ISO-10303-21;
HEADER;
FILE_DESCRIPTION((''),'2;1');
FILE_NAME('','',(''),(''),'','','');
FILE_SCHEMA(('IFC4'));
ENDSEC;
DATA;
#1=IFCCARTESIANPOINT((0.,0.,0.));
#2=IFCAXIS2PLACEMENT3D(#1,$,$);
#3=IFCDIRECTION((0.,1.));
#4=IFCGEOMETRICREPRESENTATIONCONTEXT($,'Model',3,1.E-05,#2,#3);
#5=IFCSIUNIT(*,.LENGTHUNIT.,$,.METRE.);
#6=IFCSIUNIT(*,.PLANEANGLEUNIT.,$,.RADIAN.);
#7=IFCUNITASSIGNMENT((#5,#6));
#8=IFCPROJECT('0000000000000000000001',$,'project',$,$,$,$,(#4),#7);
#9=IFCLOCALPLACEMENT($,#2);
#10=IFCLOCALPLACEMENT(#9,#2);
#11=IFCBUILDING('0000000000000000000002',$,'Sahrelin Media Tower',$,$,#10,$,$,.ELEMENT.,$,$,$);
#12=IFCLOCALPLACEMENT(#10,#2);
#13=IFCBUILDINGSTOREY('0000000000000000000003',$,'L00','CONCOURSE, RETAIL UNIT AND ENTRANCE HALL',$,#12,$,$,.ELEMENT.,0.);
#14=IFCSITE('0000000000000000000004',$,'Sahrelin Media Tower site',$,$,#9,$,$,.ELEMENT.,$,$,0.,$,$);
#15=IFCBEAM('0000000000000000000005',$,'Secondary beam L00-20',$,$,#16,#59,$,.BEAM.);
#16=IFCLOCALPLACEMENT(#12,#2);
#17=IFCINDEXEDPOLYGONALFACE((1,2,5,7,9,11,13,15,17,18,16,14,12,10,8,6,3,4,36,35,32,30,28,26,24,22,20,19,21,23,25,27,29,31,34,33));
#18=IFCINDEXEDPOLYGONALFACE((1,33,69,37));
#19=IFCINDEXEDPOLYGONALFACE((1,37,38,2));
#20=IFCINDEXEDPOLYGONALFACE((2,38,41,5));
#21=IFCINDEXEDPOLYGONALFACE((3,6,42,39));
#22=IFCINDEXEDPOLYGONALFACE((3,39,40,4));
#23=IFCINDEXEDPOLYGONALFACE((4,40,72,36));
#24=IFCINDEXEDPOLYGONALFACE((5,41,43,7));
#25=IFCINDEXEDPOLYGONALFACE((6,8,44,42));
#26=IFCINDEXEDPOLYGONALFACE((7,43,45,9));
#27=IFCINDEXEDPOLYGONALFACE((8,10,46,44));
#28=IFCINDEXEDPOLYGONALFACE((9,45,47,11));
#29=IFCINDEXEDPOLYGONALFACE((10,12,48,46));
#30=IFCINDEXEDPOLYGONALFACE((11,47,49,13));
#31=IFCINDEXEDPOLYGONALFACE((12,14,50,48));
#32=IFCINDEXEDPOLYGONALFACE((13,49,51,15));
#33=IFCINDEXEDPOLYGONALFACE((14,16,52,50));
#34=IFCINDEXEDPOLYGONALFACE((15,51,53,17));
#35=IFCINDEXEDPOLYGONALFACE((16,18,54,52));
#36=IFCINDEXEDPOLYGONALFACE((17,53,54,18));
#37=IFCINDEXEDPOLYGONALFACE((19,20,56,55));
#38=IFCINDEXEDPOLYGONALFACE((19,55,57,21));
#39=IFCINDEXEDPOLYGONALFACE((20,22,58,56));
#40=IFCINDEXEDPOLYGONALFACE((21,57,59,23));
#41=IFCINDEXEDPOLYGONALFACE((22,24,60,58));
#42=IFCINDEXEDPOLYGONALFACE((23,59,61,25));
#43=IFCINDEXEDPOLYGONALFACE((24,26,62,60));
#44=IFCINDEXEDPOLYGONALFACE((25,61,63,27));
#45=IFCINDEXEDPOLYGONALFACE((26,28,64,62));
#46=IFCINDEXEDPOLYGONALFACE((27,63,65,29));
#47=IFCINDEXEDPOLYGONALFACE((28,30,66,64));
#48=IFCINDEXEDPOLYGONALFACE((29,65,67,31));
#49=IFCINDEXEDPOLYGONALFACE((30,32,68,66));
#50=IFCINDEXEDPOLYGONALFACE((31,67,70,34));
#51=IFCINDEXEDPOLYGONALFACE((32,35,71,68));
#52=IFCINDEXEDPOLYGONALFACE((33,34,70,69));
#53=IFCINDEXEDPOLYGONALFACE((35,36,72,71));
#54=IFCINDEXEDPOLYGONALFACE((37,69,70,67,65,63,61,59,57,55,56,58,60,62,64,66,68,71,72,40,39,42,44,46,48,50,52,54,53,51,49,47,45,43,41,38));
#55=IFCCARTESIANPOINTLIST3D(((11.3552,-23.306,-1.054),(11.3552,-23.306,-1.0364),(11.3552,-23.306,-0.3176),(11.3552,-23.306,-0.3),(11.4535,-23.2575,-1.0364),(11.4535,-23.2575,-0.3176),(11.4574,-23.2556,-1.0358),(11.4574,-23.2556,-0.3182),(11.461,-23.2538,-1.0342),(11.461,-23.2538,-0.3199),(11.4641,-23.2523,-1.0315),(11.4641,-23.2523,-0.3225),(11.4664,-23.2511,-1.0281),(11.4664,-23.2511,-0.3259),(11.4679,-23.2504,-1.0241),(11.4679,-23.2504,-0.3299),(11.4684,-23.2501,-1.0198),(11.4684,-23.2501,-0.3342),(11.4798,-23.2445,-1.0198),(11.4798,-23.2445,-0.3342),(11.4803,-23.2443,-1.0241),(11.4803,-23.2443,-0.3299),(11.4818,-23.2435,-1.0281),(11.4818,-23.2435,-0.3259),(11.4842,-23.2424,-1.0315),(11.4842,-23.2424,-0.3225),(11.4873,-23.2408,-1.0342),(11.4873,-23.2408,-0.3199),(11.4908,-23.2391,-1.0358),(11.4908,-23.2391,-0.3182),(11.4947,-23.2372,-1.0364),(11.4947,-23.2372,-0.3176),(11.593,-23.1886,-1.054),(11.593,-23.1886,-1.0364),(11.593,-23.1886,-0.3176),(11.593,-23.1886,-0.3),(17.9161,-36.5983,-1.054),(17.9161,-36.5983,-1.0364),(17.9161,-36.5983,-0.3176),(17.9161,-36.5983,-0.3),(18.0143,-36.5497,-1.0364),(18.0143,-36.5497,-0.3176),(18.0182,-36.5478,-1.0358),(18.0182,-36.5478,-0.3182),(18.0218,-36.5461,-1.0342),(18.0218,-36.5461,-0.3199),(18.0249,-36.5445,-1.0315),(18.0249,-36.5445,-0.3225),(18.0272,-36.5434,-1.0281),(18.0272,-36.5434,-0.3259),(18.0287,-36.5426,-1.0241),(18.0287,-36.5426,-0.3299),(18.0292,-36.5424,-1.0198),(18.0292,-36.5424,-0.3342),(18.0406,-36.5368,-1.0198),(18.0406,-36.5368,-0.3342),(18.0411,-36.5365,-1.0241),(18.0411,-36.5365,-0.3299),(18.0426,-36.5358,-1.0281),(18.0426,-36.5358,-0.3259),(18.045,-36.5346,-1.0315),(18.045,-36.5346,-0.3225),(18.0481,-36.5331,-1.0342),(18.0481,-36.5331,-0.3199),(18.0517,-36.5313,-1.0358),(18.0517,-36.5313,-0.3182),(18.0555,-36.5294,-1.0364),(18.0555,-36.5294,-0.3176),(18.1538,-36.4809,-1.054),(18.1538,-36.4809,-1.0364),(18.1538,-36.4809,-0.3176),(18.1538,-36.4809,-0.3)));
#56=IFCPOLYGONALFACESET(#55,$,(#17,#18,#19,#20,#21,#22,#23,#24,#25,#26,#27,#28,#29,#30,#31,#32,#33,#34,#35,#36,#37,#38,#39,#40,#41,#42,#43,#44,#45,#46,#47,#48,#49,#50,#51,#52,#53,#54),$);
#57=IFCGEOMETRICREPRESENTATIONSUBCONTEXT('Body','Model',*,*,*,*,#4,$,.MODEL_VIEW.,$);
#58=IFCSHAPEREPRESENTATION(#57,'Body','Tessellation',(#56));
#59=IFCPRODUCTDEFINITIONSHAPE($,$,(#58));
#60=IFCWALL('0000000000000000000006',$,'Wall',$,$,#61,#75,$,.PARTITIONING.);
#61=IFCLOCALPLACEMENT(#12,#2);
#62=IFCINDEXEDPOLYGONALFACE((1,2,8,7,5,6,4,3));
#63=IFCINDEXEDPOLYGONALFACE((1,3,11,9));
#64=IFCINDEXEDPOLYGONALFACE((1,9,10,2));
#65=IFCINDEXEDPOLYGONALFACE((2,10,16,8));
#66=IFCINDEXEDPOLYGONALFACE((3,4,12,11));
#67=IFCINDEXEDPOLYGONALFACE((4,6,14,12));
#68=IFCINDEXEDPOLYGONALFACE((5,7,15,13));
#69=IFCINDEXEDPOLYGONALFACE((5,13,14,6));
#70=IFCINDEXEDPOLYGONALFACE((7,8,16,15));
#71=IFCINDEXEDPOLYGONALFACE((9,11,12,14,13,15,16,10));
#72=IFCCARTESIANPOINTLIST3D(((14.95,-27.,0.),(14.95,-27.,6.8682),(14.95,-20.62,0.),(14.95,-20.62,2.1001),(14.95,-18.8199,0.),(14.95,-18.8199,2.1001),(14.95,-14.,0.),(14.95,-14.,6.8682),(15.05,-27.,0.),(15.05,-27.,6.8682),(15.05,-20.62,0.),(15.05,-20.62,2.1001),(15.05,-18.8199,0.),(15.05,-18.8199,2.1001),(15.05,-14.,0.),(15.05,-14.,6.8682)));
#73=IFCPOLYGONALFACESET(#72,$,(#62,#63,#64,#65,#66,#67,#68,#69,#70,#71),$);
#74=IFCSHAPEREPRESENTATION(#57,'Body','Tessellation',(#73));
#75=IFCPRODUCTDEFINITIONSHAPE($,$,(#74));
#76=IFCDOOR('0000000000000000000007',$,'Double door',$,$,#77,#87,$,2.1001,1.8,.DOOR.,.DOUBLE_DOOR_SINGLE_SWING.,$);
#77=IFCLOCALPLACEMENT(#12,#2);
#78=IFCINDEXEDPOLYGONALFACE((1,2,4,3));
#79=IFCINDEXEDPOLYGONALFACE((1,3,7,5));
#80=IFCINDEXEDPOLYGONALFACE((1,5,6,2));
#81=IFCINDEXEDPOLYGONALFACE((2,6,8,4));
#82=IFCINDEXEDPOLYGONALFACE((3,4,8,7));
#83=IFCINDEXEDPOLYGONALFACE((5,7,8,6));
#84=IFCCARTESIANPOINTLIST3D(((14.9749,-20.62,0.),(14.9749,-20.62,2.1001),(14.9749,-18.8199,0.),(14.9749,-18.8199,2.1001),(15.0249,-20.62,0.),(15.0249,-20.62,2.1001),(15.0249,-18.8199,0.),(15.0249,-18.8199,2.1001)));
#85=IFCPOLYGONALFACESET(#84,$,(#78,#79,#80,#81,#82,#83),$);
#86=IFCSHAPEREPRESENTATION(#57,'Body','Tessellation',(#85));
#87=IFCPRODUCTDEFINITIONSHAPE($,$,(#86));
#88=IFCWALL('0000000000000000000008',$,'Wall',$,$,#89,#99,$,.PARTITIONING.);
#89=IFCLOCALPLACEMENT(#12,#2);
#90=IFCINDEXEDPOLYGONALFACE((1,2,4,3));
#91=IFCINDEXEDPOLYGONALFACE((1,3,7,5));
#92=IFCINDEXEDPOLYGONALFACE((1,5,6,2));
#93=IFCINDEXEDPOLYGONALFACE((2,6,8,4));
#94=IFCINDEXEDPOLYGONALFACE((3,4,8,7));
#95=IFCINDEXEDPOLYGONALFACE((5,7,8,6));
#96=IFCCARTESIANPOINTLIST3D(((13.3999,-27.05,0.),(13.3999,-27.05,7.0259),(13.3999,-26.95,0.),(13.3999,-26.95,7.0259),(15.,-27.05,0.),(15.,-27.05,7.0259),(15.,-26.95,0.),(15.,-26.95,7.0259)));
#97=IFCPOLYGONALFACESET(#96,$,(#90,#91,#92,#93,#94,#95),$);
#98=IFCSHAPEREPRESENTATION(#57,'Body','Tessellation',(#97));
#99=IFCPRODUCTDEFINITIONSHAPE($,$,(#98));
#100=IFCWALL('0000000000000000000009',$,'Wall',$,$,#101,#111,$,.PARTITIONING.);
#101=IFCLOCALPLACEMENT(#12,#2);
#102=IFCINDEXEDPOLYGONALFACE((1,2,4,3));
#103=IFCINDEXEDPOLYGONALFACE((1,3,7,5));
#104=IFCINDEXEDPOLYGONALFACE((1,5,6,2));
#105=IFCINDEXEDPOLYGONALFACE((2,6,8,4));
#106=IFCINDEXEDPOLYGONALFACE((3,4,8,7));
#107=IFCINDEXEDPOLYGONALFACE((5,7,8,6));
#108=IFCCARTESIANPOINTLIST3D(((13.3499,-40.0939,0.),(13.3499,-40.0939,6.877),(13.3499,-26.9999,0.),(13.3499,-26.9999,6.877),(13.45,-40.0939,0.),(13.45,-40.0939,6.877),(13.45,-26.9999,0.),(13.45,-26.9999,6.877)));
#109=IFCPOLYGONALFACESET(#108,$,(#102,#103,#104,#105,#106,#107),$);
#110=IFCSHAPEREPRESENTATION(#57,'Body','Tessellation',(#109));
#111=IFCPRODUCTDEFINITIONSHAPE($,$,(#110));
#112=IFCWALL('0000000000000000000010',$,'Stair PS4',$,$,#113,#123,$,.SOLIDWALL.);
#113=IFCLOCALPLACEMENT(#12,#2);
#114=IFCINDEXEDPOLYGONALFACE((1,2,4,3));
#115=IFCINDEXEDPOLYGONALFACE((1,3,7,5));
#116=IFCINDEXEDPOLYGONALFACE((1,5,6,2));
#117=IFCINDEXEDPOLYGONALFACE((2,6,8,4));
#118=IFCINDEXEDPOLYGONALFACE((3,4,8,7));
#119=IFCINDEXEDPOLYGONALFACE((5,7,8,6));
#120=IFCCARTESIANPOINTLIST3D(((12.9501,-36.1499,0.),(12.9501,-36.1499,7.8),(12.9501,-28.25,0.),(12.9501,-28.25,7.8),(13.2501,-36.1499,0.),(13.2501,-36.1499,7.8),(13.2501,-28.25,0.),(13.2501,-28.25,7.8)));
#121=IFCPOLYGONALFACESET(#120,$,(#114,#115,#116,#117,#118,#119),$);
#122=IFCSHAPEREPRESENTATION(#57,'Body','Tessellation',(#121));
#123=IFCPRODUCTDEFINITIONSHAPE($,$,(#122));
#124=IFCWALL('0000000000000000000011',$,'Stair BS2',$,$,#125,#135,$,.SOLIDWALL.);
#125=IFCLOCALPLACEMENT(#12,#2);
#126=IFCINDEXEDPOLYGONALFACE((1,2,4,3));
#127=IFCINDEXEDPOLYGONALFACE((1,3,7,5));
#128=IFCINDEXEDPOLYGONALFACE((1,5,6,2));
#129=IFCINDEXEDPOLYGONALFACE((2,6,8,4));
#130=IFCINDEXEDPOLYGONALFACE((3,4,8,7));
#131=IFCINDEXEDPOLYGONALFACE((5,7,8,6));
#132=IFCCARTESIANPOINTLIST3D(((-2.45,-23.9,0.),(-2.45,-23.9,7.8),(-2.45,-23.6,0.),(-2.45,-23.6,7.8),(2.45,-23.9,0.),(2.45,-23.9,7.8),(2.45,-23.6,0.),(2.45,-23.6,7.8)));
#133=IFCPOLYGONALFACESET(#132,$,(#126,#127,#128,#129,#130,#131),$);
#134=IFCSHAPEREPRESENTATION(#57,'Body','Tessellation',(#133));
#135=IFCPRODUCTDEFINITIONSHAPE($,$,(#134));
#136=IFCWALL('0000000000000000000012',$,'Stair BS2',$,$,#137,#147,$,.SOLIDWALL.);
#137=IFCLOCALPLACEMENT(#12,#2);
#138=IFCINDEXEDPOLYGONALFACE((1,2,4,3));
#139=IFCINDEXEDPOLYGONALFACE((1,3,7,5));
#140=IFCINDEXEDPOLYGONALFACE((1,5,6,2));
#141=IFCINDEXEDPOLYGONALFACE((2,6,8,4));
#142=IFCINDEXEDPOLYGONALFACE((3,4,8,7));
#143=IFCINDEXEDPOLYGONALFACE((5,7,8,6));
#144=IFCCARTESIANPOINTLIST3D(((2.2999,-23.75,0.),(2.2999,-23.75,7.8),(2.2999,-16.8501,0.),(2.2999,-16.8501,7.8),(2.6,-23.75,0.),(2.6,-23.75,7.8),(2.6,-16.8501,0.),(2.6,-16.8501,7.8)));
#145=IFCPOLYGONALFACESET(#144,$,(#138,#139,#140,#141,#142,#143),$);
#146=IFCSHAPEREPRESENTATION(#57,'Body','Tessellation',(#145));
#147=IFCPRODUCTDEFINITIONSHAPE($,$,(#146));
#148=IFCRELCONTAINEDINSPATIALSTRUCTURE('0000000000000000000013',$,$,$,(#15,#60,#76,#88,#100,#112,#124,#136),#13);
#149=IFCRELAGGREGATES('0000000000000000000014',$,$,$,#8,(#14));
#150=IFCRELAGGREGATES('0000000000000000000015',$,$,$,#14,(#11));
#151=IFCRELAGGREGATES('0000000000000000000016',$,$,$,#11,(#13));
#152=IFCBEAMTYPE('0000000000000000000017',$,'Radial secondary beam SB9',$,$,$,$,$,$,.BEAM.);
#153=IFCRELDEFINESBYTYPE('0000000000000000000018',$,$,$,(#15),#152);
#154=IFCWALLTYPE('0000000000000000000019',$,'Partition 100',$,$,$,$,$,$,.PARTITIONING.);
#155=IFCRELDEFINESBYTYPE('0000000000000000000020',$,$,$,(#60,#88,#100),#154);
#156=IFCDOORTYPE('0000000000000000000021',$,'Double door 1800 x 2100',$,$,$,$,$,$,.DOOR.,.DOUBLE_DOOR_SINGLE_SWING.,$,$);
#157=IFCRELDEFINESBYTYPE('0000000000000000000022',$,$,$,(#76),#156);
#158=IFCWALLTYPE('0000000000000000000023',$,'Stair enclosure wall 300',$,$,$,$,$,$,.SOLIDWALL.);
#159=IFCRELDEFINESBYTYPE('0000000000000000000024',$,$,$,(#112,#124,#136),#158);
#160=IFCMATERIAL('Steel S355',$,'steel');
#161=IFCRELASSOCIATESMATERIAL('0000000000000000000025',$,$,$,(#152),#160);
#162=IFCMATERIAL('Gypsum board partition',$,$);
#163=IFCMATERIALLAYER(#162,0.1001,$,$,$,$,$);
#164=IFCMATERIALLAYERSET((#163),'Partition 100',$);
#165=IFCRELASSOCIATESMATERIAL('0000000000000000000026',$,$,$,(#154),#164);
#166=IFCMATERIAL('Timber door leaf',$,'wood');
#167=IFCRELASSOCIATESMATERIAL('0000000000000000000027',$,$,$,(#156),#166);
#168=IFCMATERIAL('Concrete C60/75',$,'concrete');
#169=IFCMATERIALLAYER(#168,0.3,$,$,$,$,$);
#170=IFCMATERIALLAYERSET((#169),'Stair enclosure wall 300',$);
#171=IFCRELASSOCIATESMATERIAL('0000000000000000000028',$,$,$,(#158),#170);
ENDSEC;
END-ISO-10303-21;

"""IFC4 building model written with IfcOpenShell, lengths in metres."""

from ifc_helpers import new_model, si_unit, direction, frame, frame_2d, origin, origin_2d, place, context, subcontext, project, spatial, rectangle, i_section, extrude, material, layer, layer_set, material_profile, profile_set, type_object, element, fill, save


model = new_model("IFC4")

# Units and contexts
model_context = context("Model", 3, precision=1e-05, world=origin(), true_north=direction((0.0, 1.0)))
body_context = subcontext(model_context, "Body", "Model", "MODEL_VIEW")
ifc_project = project(units=[si_unit("LENGTHUNIT", "METRE"), si_unit("PLANEANGLEUNIT", "RADIAN")], contexts=[model_context])

# Site, building, storey
site_placement = place(None, origin())
site = spatial("IfcSite", under=ifc_project, at=site_placement, Name="Sahrelin Media Tower site", CompositionType="ELEMENT", RefElevation=0.0)
building_placement = place(site_placement, origin())
building = spatial("IfcBuilding", under=site, at=building_placement, Name="Sahrelin Media Tower", CompositionType="ELEMENT")
storey_placement = place(building_placement, origin())
storey = spatial("IfcBuildingStorey", under=building, at=storey_placement, Name="L00", Description="CONCOURSE, RETAIL UNIT AND ENTRANCE HALL", CompositionType="ELEMENT", Elevation=0.0)

# Beam
ifc_material_1 = material(Name="Steel S355", Category="steel")
ifc_material_profile_1 = material_profile(ifc_material_1, i_section(OverallWidth=0.2651, OverallDepth=0.7539, WebThickness=0.0127, FlangeThickness=0.0176, FilletRadius=0.0166, at=origin_2d()), Name="UB 762x267x147")
ifc_profile_set_1 = profile_set([ifc_material_profile_1], Name="Steel S355")
beam_type_1 = type_object("IfcBeamType", Name="Radial secondary beam SB9", PredefinedType="BEAM", material=ifc_profile_set_1)
beam_1_placement = place(storey_placement, frame((11.4741, -23.2473, -0.677), z_axis=(0.442603, -0.896718, 0.0), x_axis=(0.896718, 0.442603, 0.0)))
element("IfcBeam", 1, at=beam_1_placement, inside=storey, type_object=beam_type_1, Name="Secondary beam L00-20", PredefinedType="BEAM", context=body_context, shape_type="SweptSolid", body=[
    extrude(i_section(OverallWidth=0.2651, OverallDepth=0.7539, WebThickness=0.0127, FlangeThickness=0.0176, FilletRadius=0.0166, at=origin_2d()), origin(), (0.0, 0.0, 1.0), 14.8232),
])

# Wall, opening, door
ifc_material_2 = material(Name="Gypsum board partition")
ifc_layer_1 = layer(ifc_material_2, 0.1001)
ifc_layer_set_1 = layer_set([ifc_layer_1], Name="Partition 100")
wall_type_1 = type_object("IfcWallType", Name="Partition 100", PredefinedType="PARTITIONING", material=ifc_layer_set_1)
wall_1_placement = place(storey_placement, frame((15.0, -14.0, 0.0), z_axis=(0.0, 0.0, 1.0), x_axis=(0.0, -1.0, 0.0)))
wall_1 = element("IfcWall", 2, at=wall_1_placement, inside=storey, type_object=wall_type_1, Name="Wall", PredefinedType="PARTITIONING", context=body_context, shape_type="SweptSolid", body=[
    extrude(rectangle(XDim=13.0, YDim=0.1001, at=frame_2d((6.5, 0.0))), origin(), (0.0, 0.0, 1.0), 6.8682),
])
opening_1_placement = place(wall_1_placement, frame((4.8201, 0.0, 0.0)))
opening_1 = element("IfcOpeningElement", 3, at=opening_1_placement, cuts=wall_1, PredefinedType="OPENING", context=body_context, shape_type="SweptSolid", body=[
    extrude(rectangle(XDim=1.8, YDim=2.1001, at=frame_2d((0.8999, 1.05))), frame((0.0, 0.05, 0.0), z_axis=(0.0, -1.0, 0.0), x_axis=(1.0, 0.0, 0.0)), (0.0, 0.0, 1.0), 0.1001),
])
ifc_material_3 = material(Name="Timber door leaf", Category="wood")
door_type_1 = type_object("IfcDoorType", Name="Double door 1800 x 2100", OperationType="DOUBLE_DOOR_SINGLE_SWING", PredefinedType="DOOR", material=ifc_material_3)
door_1_placement = place(opening_1_placement, origin())
door_1 = element("IfcDoor", 4, at=door_1_placement, inside=storey, type_object=door_type_1, Name="Double door", OperationType="DOUBLE_DOOR_SINGLE_SWING", OverallHeight=2.1001, OverallWidth=1.8, PredefinedType="DOOR", context=body_context, shape_type="SweptSolid", body=[
    extrude(rectangle(XDim=1.8, YDim=2.1001, at=frame_2d((0.8999, 1.05))), frame((0.0, 0.0249, 0.0), z_axis=(0.0, -1.0, 0.0), x_axis=(1.0, 0.0, 0.0)), (0.0, 0.0, 1.0), 0.05),
])
fill(opening_1, door_1)

# Walls
wall_2_placement = place(storey_placement, frame((15.0, -27.0, 0.0), z_axis=(0.0, 0.0, 1.0), x_axis=(-1.0, 0.0, 0.0)))
element("IfcWall", 5, at=wall_2_placement, inside=storey, type_object=wall_type_1, Name="Wall", PredefinedType="PARTITIONING", context=body_context, shape_type="SweptSolid", body=[
    extrude(rectangle(XDim=1.6001, YDim=0.1001, at=frame_2d((0.8, 0.0))), origin(), (0.0, 0.0, 1.0), 7.0259),
])
wall_3_placement = place(storey_placement, frame((13.3999, -27.0, 0.0), z_axis=(0.0, 0.0, 1.0), x_axis=(0.0, -1.0, 0.0)))
element("IfcWall", 6, at=wall_3_placement, inside=storey, type_object=wall_type_1, Name="Wall", PredefinedType="PARTITIONING", context=body_context, shape_type="SweptSolid", body=[
    extrude(rectangle(XDim=13.094, YDim=0.1001, at=frame_2d((6.5469, 0.0))), origin(), (0.0, 0.0, 1.0), 6.877),
])

# Shared definitions
ifc_material_4 = material(Name="Concrete C60/75", Category="concrete")
ifc_layer_2 = layer(ifc_material_4, 0.3)
ifc_layer_set_2 = layer_set([ifc_layer_2], Name="Stair enclosure wall 300")
wall_type_2 = type_object("IfcWallType", Name="Stair enclosure wall 300", PredefinedType="SOLIDWALL", material=ifc_layer_set_2)

# Walls
wall_4_placement = place(storey_placement, frame((13.1001, -28.25, 0.0), z_axis=(0.0, 0.0, 1.0), x_axis=(0.0, -1.0, 0.0)))
element("IfcWall", 7, at=wall_4_placement, inside=storey, type_object=wall_type_2, Name="Stair PS4", PredefinedType="SOLIDWALL", context=body_context, shape_type="SweptSolid", body=[
    extrude(rectangle(XDim=7.8999, YDim=0.3, at=frame_2d((3.95, 0.0))), origin(), (0.0, 0.0, 1.0), 7.8),
])
wall_5_placement = place(storey_placement, frame((2.45, -23.75, 0.0), z_axis=(0.0, 0.0, 1.0), x_axis=(-1.0, 0.0, 0.0)))
element("IfcWall", 8, at=wall_5_placement, inside=storey, type_object=wall_type_2, Name="Stair BS2", PredefinedType="SOLIDWALL", context=body_context, shape_type="SweptSolid", body=[
    extrude(rectangle(XDim=4.8999, YDim=0.3, at=frame_2d((2.45, 0.0))), origin(), (0.0, 0.0, 1.0), 7.8),
])
wall_6_placement = place(storey_placement, frame((2.45, -16.8501, 0.0), z_axis=(0.0, 0.0, 1.0), x_axis=(0.0, -1.0, 0.0)))
element("IfcWall", 9, at=wall_6_placement, inside=storey, type_object=wall_type_2, Name="Stair BS2", PredefinedType="SOLIDWALL", context=body_context, shape_type="SweptSolid", body=[
    extrude(rectangle(XDim=6.8999, YDim=0.3, at=frame_2d((3.45, 0.0))), origin(), (0.0, 0.0, 1.0), 7.8),
])

save(model, "model.ifc")
